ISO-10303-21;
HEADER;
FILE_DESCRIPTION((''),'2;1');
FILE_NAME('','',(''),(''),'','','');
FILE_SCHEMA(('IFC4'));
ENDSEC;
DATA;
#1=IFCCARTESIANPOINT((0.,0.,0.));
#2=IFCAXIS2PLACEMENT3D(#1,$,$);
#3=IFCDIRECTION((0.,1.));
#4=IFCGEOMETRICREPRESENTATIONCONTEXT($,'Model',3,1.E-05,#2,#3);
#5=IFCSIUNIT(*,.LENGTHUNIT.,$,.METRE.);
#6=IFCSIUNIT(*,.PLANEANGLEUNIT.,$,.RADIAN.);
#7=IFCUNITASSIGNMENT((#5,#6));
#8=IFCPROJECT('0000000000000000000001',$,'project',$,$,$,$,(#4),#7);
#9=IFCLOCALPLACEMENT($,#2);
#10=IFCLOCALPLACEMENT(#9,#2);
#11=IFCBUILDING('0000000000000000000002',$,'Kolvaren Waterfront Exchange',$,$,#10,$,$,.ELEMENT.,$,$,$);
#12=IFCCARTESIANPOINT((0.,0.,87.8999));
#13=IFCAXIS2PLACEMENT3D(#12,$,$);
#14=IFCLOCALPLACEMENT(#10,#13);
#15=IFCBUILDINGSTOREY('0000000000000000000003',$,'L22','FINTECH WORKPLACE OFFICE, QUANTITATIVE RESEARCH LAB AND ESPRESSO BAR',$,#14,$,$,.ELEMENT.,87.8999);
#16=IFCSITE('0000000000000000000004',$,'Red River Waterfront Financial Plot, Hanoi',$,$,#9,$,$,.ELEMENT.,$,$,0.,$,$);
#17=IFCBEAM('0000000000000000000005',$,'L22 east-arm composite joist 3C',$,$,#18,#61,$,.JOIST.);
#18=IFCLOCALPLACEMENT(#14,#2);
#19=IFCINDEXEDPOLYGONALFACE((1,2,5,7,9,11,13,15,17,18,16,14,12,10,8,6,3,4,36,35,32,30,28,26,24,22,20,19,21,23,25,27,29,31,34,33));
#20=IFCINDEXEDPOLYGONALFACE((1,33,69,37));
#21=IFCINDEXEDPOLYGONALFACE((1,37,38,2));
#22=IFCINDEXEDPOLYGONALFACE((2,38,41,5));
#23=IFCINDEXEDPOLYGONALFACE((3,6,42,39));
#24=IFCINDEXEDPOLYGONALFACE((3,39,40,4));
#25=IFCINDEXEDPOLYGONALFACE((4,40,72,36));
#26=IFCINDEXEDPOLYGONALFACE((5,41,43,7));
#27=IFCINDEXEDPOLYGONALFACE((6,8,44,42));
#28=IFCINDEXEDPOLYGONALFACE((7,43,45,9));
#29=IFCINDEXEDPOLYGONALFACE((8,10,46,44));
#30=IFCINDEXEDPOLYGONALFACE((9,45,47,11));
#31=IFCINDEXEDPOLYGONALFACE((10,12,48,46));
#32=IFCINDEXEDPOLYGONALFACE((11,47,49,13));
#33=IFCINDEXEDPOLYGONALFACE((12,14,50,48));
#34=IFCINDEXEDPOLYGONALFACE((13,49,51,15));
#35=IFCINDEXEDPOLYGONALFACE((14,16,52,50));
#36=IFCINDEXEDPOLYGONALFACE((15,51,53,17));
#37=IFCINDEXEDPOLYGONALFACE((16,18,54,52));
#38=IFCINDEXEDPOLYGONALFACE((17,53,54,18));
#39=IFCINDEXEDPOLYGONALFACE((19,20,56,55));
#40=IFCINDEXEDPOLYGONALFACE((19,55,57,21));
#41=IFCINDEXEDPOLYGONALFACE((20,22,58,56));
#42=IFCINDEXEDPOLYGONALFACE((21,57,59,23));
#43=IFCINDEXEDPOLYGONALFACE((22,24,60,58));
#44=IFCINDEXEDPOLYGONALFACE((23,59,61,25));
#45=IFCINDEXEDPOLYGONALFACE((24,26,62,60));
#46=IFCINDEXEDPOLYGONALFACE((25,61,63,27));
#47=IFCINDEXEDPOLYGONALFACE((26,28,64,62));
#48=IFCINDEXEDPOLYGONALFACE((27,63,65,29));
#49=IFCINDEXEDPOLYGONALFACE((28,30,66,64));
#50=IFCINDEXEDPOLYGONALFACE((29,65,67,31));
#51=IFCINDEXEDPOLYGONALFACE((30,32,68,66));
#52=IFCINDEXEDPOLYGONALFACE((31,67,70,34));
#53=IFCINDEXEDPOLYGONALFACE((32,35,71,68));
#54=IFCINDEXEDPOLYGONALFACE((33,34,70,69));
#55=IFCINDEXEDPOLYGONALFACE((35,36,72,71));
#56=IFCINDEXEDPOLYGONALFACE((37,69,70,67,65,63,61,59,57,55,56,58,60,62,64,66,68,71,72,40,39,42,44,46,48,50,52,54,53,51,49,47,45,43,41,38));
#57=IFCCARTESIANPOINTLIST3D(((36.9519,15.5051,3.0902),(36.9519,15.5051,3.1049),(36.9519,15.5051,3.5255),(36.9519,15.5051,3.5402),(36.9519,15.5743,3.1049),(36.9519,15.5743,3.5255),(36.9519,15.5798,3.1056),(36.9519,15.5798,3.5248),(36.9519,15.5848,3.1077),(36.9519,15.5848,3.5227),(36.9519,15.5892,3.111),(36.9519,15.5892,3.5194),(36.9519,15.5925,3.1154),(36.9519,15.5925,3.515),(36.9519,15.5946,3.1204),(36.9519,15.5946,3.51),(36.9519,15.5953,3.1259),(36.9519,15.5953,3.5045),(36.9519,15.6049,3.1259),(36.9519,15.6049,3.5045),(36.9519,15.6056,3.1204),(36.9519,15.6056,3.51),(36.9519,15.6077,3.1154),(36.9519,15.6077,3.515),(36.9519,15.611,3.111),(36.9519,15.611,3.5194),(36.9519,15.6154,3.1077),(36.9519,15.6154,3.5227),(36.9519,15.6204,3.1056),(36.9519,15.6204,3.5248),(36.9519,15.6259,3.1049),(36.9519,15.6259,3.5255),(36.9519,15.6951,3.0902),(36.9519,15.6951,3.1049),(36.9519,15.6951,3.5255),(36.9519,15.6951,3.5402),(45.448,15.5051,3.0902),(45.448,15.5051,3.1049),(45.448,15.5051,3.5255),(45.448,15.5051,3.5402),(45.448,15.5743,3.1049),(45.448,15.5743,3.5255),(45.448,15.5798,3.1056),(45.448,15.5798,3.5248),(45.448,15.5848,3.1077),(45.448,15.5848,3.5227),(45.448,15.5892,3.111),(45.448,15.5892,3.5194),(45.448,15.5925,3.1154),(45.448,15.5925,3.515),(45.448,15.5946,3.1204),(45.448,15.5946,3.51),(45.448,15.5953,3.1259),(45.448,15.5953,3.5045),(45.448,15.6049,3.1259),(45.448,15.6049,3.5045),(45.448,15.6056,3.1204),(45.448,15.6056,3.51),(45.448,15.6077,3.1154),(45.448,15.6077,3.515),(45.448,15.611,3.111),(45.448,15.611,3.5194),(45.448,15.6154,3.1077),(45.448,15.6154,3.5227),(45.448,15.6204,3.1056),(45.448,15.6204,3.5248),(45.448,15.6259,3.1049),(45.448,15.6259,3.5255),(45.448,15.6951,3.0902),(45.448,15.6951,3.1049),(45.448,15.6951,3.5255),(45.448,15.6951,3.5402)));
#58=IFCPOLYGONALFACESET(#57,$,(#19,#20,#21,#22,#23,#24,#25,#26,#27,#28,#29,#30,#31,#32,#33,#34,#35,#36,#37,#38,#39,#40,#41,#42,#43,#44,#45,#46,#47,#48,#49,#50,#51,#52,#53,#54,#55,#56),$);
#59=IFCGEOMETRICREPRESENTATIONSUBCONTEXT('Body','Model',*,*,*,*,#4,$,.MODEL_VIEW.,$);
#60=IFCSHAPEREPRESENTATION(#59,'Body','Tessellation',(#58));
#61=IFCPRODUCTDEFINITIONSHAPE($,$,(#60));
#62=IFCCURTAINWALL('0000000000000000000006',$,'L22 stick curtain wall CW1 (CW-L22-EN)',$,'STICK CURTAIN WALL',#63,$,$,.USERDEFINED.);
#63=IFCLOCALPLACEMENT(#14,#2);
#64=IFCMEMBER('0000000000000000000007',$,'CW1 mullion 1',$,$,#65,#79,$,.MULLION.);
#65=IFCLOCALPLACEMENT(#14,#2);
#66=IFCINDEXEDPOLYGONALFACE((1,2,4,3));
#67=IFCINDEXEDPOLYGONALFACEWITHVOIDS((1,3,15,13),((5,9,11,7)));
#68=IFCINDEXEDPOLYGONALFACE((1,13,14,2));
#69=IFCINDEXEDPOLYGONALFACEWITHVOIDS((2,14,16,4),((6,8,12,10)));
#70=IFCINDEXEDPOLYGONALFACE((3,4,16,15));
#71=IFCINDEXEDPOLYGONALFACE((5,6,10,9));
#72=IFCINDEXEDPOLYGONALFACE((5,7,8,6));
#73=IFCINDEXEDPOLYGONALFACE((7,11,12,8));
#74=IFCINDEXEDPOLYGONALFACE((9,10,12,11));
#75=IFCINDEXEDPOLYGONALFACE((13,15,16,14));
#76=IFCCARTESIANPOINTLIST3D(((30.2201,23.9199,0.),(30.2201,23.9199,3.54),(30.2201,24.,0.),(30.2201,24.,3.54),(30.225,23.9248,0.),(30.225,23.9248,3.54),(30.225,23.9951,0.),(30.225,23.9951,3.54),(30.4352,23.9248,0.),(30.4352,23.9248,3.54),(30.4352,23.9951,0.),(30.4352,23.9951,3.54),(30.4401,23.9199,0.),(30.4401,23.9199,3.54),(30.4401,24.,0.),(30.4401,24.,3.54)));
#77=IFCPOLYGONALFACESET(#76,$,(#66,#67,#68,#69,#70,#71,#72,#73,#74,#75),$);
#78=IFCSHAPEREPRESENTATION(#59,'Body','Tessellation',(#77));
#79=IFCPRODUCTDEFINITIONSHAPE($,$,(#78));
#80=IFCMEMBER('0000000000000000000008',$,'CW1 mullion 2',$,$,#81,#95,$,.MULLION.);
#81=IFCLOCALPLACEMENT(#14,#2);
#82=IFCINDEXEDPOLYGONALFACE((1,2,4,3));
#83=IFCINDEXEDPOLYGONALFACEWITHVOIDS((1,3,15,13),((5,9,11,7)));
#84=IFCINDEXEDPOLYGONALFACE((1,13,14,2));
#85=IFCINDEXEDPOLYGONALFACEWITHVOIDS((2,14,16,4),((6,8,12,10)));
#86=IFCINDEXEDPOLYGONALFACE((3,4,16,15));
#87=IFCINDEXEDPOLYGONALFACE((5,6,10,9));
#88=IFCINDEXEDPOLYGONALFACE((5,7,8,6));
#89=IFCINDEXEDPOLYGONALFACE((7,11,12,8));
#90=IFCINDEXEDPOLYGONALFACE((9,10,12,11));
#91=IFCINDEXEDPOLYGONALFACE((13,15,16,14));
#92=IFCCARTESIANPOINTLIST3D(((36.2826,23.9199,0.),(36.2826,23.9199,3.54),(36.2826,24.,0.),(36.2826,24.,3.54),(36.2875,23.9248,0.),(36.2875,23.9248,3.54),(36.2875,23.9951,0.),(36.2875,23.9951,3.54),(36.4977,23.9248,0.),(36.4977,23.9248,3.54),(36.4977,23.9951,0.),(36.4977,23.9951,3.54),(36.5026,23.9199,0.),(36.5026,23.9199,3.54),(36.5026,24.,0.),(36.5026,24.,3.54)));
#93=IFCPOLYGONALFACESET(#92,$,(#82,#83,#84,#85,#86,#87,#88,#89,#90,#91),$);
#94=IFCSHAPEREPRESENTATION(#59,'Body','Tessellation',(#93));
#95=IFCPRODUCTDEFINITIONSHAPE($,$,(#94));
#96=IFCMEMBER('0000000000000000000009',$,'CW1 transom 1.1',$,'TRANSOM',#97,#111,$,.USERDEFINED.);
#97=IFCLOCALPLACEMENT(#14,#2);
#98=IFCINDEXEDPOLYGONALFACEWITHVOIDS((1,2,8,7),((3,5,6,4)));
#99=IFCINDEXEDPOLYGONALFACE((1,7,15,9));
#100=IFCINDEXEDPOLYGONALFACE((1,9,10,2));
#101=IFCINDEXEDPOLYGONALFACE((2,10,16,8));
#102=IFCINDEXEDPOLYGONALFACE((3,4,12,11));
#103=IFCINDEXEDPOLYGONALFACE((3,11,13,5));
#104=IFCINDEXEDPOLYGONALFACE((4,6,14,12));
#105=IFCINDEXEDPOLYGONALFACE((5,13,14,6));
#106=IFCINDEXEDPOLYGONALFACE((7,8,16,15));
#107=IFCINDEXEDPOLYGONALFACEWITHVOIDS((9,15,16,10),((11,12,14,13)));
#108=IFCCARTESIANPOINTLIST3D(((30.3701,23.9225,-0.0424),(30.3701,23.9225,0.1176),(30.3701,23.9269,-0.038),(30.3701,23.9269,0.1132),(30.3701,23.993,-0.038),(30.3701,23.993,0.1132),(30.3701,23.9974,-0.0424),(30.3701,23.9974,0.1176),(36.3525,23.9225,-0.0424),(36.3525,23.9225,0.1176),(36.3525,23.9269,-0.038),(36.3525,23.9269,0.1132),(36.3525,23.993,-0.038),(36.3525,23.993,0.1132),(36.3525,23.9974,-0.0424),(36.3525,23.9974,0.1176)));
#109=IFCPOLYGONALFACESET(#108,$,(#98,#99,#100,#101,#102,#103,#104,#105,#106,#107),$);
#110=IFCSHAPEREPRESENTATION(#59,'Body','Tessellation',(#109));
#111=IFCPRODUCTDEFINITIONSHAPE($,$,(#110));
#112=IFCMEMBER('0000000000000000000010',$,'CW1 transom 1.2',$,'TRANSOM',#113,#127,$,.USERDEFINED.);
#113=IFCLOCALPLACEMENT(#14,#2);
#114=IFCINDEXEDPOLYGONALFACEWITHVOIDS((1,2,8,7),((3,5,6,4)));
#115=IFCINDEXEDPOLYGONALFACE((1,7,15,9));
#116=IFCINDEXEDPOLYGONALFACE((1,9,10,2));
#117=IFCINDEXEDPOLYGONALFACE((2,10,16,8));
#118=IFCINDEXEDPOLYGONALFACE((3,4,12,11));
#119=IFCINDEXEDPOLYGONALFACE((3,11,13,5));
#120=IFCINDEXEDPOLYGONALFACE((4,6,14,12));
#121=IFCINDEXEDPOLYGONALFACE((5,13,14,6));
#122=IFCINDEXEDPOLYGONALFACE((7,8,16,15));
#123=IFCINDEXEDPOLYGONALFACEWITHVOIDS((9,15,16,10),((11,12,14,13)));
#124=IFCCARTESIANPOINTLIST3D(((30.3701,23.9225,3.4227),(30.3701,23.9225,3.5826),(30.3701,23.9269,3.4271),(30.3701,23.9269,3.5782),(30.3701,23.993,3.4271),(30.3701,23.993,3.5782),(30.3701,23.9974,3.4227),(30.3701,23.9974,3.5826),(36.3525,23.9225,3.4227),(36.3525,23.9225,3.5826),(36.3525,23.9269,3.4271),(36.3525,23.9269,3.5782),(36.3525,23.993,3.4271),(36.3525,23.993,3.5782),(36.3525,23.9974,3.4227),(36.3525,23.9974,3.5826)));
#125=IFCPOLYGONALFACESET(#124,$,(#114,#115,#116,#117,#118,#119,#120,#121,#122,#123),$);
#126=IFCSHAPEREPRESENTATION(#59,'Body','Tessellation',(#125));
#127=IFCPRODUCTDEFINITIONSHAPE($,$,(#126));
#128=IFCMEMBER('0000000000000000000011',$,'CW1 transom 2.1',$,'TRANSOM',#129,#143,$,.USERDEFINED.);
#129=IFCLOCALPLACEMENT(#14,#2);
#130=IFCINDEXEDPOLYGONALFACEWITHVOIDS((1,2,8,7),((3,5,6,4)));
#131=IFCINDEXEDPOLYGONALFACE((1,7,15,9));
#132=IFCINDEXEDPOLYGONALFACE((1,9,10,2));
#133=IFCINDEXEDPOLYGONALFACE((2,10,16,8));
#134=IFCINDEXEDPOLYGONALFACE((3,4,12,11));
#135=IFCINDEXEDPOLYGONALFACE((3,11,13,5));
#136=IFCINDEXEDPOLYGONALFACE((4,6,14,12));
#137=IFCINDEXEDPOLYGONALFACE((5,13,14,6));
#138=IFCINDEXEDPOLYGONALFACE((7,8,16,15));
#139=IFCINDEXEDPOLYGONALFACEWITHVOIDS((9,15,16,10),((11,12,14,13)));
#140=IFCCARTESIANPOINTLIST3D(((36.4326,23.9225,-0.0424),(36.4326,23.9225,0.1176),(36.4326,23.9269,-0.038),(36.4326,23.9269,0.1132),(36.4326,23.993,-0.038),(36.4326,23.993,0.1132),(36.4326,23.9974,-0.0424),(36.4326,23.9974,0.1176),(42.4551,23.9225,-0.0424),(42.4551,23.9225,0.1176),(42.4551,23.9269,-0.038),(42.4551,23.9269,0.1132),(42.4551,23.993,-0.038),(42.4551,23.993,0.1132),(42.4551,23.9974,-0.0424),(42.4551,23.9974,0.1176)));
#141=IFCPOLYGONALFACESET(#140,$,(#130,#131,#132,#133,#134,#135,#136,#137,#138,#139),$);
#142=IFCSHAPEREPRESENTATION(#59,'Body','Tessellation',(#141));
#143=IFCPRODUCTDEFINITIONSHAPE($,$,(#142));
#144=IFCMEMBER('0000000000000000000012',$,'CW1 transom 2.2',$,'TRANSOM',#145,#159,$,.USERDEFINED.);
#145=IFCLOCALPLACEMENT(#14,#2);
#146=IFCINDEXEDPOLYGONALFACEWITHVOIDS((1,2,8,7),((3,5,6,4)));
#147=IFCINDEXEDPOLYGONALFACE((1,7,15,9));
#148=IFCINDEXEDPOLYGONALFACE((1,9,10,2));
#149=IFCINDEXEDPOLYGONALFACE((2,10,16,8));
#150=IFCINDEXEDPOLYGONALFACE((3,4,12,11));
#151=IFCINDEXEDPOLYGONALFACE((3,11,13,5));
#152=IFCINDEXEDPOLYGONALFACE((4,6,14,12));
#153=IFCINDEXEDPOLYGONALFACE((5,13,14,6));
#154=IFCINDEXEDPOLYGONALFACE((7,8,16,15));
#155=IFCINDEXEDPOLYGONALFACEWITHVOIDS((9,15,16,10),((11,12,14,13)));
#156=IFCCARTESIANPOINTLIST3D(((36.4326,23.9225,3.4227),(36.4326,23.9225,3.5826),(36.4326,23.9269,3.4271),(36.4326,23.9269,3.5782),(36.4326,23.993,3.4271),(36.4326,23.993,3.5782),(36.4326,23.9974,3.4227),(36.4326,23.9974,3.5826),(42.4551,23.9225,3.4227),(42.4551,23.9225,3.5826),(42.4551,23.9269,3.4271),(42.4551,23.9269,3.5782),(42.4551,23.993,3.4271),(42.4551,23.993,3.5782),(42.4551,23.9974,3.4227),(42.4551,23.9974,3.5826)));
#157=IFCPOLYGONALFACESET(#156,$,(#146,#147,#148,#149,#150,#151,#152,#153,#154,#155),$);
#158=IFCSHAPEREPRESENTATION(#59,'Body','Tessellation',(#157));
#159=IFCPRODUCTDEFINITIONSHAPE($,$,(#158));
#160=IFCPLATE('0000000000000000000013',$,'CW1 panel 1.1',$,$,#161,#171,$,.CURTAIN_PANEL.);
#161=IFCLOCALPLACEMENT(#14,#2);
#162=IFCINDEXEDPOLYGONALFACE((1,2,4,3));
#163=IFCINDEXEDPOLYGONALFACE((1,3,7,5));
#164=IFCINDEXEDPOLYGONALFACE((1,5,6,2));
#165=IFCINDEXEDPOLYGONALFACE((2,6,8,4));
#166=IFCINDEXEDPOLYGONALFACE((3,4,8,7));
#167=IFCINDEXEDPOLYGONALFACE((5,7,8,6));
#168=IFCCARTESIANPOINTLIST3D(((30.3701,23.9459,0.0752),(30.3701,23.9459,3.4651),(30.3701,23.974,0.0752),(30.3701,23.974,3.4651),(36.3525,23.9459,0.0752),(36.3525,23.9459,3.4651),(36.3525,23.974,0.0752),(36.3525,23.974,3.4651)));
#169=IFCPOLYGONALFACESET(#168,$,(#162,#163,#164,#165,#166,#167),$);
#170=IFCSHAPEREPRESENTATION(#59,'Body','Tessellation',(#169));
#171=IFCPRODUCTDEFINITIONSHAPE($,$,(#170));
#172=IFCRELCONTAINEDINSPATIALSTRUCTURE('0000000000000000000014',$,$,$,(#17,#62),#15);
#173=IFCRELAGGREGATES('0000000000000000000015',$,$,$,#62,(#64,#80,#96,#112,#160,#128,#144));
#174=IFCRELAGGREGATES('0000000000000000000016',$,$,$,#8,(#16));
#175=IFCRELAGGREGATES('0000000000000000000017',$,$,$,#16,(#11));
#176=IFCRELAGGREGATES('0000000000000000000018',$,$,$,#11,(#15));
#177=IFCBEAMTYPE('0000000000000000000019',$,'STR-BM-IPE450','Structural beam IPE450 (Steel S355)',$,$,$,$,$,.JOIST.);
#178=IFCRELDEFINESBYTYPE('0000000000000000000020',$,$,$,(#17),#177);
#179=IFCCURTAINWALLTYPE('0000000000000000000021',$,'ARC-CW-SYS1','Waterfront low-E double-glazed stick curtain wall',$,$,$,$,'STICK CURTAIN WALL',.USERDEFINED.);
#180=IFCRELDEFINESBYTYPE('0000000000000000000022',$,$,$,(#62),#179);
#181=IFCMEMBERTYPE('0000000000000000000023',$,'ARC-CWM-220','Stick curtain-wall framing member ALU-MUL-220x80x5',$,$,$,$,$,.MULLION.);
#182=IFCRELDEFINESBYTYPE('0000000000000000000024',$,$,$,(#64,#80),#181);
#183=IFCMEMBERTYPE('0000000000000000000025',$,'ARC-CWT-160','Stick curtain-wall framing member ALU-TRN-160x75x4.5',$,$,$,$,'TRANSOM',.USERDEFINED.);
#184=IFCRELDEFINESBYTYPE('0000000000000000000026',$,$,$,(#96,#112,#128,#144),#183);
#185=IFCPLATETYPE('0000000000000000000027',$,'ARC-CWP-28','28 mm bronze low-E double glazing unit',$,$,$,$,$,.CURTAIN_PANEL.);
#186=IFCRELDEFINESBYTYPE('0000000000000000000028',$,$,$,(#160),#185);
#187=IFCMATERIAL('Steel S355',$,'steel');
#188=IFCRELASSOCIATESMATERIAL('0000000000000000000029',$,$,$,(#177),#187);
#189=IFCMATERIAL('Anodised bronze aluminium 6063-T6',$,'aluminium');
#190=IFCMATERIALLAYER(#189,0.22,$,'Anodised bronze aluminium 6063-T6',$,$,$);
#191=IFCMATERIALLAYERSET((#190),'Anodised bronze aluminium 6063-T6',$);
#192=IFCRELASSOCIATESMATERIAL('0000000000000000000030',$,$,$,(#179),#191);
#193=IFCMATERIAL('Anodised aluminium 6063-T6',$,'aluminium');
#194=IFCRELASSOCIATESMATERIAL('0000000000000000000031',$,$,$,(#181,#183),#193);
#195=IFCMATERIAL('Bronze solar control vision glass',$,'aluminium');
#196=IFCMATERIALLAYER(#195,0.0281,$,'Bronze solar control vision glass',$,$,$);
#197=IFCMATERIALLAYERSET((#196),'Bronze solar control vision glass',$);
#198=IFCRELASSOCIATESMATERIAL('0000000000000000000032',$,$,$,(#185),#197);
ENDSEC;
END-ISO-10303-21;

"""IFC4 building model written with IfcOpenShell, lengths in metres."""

from ifc_helpers import new_model, si_unit, direction, frame, origin, origin_with_axes, origin_2d, place, context, subcontext, project, spatial, rectangle, hollow_rectangle, i_section, extrude, source, transform, mapped, material, layer, layer_set, material_profile, profile_set, type_object, element, aggregate, save


model = new_model("IFC4")

# Units and contexts
model_context = context("Model", 3, precision=1e-05, world=origin(), true_north=direction((0.0, 1.0)))
body_context = subcontext(model_context, "Body", "Model", "MODEL_VIEW")
ifc_project = project(units=[si_unit("LENGTHUNIT", "METRE"), si_unit("PLANEANGLEUNIT", "RADIAN")], contexts=[model_context])

# Site, building, storey
site_placement = place(None, origin())
site = spatial("IfcSite", under=ifc_project, at=site_placement, Name="Red River Waterfront Financial Plot, Hanoi", CompositionType="ELEMENT", RefElevation=0.0)
building_placement = place(site_placement, origin())
building = spatial("IfcBuilding", under=site, at=building_placement, Name="Kolvaren Waterfront Exchange", CompositionType="ELEMENT")
storey_placement = place(building_placement, frame((0.0, 0.0, 87.8999)))
storey = spatial("IfcBuildingStorey", under=building, at=storey_placement, Name="L22", Description="FINTECH WORKPLACE OFFICE, QUANTITATIVE RESEARCH LAB AND ESPRESSO BAR", CompositionType="ELEMENT", Elevation=87.8999)

# Beam
ifc_material_1 = material(Name="Steel S355", Category="steel")
ifc_material_profile_1 = material_profile(ifc_material_1, i_section(OverallWidth=0.1899, OverallDepth=0.45, WebThickness=0.0095, FlangeThickness=0.0146, FilletRadius=0.021, at=origin_2d()), Name="IPE450")
ifc_profile_set_1 = profile_set([ifc_material_profile_1], Name="Steel S355")
beam_type_1 = type_object("IfcBeamType", Name="STR-BM-IPE450", Description="Structural beam IPE450 (Steel S355)", PredefinedType="JOIST", material=ifc_profile_set_1)
beam_1_placement = place(storey_placement, frame((36.9519, 15.6001, 3.3152), z_axis=(1.0, 0.0, 0.0), x_axis=(0.0, 1.0, 0.0)))
element("IfcBeam", 1, at=beam_1_placement, inside=storey, type_object=beam_type_1, Name="L22 east-arm composite joist 3C", PredefinedType="JOIST", context=body_context, shape_type="SweptSolid", body=[
    extrude(i_section(OverallWidth=0.1899, OverallDepth=0.45, WebThickness=0.0095, FlangeThickness=0.0146, FilletRadius=0.021, at=origin_2d()), origin(), (0.0, 0.0, 1.0), 8.4961),
])

# Curtain wall, members, plate
ifc_material_2 = material(Name="Anodised bronze aluminium 6063-T6", Category="aluminium")
ifc_layer_1 = layer(ifc_material_2, 0.22, Name="Anodised bronze aluminium 6063-T6")
ifc_layer_set_1 = layer_set([ifc_layer_1], Name="Anodised bronze aluminium 6063-T6")
curtain_wall_type = type_object("IfcCurtainWallType", Name="ARC-CW-SYS1", Description="Waterfront low-E double-glazed stick curtain wall", ElementType="STICK CURTAIN WALL", PredefinedType="USERDEFINED", material=ifc_layer_set_1)
curtain_wall_placement = place(storey_placement, origin())
curtain_wall = element("IfcCurtainWall", 2, at=curtain_wall_placement, inside=storey, type_object=curtain_wall_type, Name="L22 stick curtain wall CW1 (CW-L22-EN)", ObjectType="STICK CURTAIN WALL", PredefinedType="USERDEFINED")
ifc_material_3 = material(Name="Anodised aluminium 6063-T6", Category="aluminium")
ifc_material_profile_2 = material_profile(ifc_material_3, hollow_rectangle(XDim=0.0801, YDim=0.22, WallThickness=0.0049, at=origin_2d()), Name="ALU-MUL-220x80x5")
ifc_profile_set_2 = profile_set([ifc_material_profile_2], Name="Anodised aluminium 6063-T6")
member_type_1 = type_object("IfcMemberType", Name="ARC-CWM-220", Description="Stick curtain-wall framing member ALU-MUL-220x80x5", PredefinedType="MULLION", material=ifc_profile_set_2)
shared_shape_1 = source(origin_with_axes(), body_context, "Body", "SweptSolid", [
    extrude(hollow_rectangle(XDim=0.0801, YDim=0.22, WallThickness=0.0049, at=origin_2d()), origin(), (0.0, 0.0, 1.0), 3.54),
])
member_1_placement = place(storey_placement, frame((30.3301, 23.96, 0.0), z_axis=(0.0, 0.0, 1.0), x_axis=(0.0, 1.0, 0.0)))
member_1 = element("IfcMember", 3, at=member_1_placement, type_object=member_type_1, Name="CW1 mullion 1", PredefinedType="MULLION", context=body_context, shape_type="MappedRepresentation", body=[
    mapped(shared_shape_1, transform((0.0, 0.0, 0.0), x_axis=(1.0, 0.0, 0.0), y_axis=(0.0, 1.0, 0.0), z_axis=(0.0, 0.0, 1.0), scale=1.0)),
])
member_2_placement = place(storey_placement, frame((36.3926, 23.96, 0.0), z_axis=(0.0, 0.0, 1.0), x_axis=(0.0, 1.0, 0.0)))
member_2 = element("IfcMember", 4, at=member_2_placement, type_object=member_type_1, Name="CW1 mullion 2", PredefinedType="MULLION", context=body_context, shape_type="MappedRepresentation", body=[
    mapped(shared_shape_1, transform((0.0, 0.0, 0.0), x_axis=(1.0, 0.0, 0.0), y_axis=(0.0, 1.0, 0.0), z_axis=(0.0, 0.0, 1.0), scale=1.0)),
])
ifc_material_profile_3 = material_profile(ifc_material_3, hollow_rectangle(XDim=0.075, YDim=0.1599, WallThickness=0.0044, at=origin_2d()), Name="ALU-TRN-160x75x4.5")
ifc_profile_set_3 = profile_set([ifc_material_profile_3], Name="Anodised aluminium 6063-T6")
member_type_2 = type_object("IfcMemberType", Name="ARC-CWT-160", Description="Stick curtain-wall framing member ALU-TRN-160x75x4.5", ElementType="TRANSOM", PredefinedType="USERDEFINED", material=ifc_profile_set_3)
shared_shape_2 = source(origin_with_axes(), body_context, "Body", "SweptSolid", [
    extrude(hollow_rectangle(XDim=0.075, YDim=0.1599, WallThickness=0.0044, at=origin_2d()), origin(), (0.0, 0.0, 1.0), 5.9824),
])
member_3_placement = place(storey_placement, frame((30.3701, 23.96, 0.0376), z_axis=(1.0, 0.0, 0.0), x_axis=(0.0, 1.0, 0.0)))
member_3 = element("IfcMember", 5, at=member_3_placement, type_object=member_type_2, Name="CW1 transom 1.1", ObjectType="TRANSOM", PredefinedType="USERDEFINED", context=body_context, shape_type="MappedRepresentation", body=[
    mapped(shared_shape_2, transform((0.0, 0.0, 0.0), x_axis=(1.0, 0.0, 0.0), y_axis=(0.0, 1.0, 0.0), z_axis=(0.0, 0.0, 1.0), scale=1.0)),
])
member_4_placement = place(storey_placement, frame((30.3701, 23.96, 3.5027), z_axis=(1.0, 0.0, 0.0), x_axis=(0.0, 1.0, 0.0)))
member_4 = element("IfcMember", 6, at=member_4_placement, type_object=member_type_2, Name="CW1 transom 1.2", ObjectType="TRANSOM", PredefinedType="USERDEFINED", context=body_context, shape_type="MappedRepresentation", body=[
    mapped(shared_shape_2, transform((0.0, 0.0, 0.0), x_axis=(1.0, 0.0, 0.0), y_axis=(0.0, 1.0, 0.0), z_axis=(0.0, 0.0, 1.0), scale=1.0)),
])
shared_shape_3 = source(origin_with_axes(), body_context, "Body", "SweptSolid", [
    extrude(hollow_rectangle(XDim=0.075, YDim=0.1599, WallThickness=0.0044, at=origin_2d()), origin(), (0.0, 0.0, 1.0), 6.0225),
])
member_5_placement = place(storey_placement, frame((36.4326, 23.96, 0.0376), z_axis=(1.0, 0.0, 0.0), x_axis=(0.0, 1.0, 0.0)))
member_5 = element("IfcMember", 7, at=member_5_placement, type_object=member_type_2, Name="CW1 transom 2.1", ObjectType="TRANSOM", PredefinedType="USERDEFINED", context=body_context, shape_type="MappedRepresentation", body=[
    mapped(shared_shape_3, transform((0.0, 0.0, 0.0), x_axis=(1.0, 0.0, 0.0), y_axis=(0.0, 1.0, 0.0), z_axis=(0.0, 0.0, 1.0), scale=1.0)),
])
member_6_placement = place(storey_placement, frame((36.4326, 23.96, 3.5027), z_axis=(1.0, 0.0, 0.0), x_axis=(0.0, 1.0, 0.0)))
member_6 = element("IfcMember", 8, at=member_6_placement, type_object=member_type_2, Name="CW1 transom 2.2", ObjectType="TRANSOM", PredefinedType="USERDEFINED", context=body_context, shape_type="MappedRepresentation", body=[
    mapped(shared_shape_3, transform((0.0, 0.0, 0.0), x_axis=(1.0, 0.0, 0.0), y_axis=(0.0, 1.0, 0.0), z_axis=(0.0, 0.0, 1.0), scale=1.0)),
])
ifc_material_4 = material(Name="Bronze solar control vision glass", Category="aluminium")
ifc_layer_2 = layer(ifc_material_4, 0.0281, Name="Bronze solar control vision glass")
ifc_layer_set_2 = layer_set([ifc_layer_2], Name="Bronze solar control vision glass")
plate_type = type_object("IfcPlateType", Name="ARC-CWP-28", Description="28 mm bronze low-E double glazing unit", PredefinedType="CURTAIN_PANEL", material=ifc_layer_set_2)
shared_shape_4 = source(origin_with_axes(), body_context, "Body", "SweptSolid", [
    extrude(rectangle(XDim=5.9824, YDim=0.0281, at=origin_2d()), origin(), (0.0, 0.0, 1.0), 3.3899),
])
plate_1_placement = place(storey_placement, frame((33.3613, 23.96, 0.0752), z_axis=(0.0, 0.0, 1.0), x_axis=(1.0, 0.0, 0.0)))
plate_1 = element("IfcPlate", 9, at=plate_1_placement, type_object=plate_type, Name="CW1 panel 1.1", PredefinedType="CURTAIN_PANEL", context=body_context, shape_type="MappedRepresentation", body=[
    mapped(shared_shape_4, transform((0.0, 0.0, 0.0), x_axis=(1.0, 0.0, 0.0), y_axis=(0.0, 1.0, 0.0), z_axis=(0.0, 0.0, 1.0), scale=1.0)),
])
aggregate(curtain_wall, [member_1, member_2, member_3, member_4, plate_1, member_5, member_6])

save(model, "model.ifc")
